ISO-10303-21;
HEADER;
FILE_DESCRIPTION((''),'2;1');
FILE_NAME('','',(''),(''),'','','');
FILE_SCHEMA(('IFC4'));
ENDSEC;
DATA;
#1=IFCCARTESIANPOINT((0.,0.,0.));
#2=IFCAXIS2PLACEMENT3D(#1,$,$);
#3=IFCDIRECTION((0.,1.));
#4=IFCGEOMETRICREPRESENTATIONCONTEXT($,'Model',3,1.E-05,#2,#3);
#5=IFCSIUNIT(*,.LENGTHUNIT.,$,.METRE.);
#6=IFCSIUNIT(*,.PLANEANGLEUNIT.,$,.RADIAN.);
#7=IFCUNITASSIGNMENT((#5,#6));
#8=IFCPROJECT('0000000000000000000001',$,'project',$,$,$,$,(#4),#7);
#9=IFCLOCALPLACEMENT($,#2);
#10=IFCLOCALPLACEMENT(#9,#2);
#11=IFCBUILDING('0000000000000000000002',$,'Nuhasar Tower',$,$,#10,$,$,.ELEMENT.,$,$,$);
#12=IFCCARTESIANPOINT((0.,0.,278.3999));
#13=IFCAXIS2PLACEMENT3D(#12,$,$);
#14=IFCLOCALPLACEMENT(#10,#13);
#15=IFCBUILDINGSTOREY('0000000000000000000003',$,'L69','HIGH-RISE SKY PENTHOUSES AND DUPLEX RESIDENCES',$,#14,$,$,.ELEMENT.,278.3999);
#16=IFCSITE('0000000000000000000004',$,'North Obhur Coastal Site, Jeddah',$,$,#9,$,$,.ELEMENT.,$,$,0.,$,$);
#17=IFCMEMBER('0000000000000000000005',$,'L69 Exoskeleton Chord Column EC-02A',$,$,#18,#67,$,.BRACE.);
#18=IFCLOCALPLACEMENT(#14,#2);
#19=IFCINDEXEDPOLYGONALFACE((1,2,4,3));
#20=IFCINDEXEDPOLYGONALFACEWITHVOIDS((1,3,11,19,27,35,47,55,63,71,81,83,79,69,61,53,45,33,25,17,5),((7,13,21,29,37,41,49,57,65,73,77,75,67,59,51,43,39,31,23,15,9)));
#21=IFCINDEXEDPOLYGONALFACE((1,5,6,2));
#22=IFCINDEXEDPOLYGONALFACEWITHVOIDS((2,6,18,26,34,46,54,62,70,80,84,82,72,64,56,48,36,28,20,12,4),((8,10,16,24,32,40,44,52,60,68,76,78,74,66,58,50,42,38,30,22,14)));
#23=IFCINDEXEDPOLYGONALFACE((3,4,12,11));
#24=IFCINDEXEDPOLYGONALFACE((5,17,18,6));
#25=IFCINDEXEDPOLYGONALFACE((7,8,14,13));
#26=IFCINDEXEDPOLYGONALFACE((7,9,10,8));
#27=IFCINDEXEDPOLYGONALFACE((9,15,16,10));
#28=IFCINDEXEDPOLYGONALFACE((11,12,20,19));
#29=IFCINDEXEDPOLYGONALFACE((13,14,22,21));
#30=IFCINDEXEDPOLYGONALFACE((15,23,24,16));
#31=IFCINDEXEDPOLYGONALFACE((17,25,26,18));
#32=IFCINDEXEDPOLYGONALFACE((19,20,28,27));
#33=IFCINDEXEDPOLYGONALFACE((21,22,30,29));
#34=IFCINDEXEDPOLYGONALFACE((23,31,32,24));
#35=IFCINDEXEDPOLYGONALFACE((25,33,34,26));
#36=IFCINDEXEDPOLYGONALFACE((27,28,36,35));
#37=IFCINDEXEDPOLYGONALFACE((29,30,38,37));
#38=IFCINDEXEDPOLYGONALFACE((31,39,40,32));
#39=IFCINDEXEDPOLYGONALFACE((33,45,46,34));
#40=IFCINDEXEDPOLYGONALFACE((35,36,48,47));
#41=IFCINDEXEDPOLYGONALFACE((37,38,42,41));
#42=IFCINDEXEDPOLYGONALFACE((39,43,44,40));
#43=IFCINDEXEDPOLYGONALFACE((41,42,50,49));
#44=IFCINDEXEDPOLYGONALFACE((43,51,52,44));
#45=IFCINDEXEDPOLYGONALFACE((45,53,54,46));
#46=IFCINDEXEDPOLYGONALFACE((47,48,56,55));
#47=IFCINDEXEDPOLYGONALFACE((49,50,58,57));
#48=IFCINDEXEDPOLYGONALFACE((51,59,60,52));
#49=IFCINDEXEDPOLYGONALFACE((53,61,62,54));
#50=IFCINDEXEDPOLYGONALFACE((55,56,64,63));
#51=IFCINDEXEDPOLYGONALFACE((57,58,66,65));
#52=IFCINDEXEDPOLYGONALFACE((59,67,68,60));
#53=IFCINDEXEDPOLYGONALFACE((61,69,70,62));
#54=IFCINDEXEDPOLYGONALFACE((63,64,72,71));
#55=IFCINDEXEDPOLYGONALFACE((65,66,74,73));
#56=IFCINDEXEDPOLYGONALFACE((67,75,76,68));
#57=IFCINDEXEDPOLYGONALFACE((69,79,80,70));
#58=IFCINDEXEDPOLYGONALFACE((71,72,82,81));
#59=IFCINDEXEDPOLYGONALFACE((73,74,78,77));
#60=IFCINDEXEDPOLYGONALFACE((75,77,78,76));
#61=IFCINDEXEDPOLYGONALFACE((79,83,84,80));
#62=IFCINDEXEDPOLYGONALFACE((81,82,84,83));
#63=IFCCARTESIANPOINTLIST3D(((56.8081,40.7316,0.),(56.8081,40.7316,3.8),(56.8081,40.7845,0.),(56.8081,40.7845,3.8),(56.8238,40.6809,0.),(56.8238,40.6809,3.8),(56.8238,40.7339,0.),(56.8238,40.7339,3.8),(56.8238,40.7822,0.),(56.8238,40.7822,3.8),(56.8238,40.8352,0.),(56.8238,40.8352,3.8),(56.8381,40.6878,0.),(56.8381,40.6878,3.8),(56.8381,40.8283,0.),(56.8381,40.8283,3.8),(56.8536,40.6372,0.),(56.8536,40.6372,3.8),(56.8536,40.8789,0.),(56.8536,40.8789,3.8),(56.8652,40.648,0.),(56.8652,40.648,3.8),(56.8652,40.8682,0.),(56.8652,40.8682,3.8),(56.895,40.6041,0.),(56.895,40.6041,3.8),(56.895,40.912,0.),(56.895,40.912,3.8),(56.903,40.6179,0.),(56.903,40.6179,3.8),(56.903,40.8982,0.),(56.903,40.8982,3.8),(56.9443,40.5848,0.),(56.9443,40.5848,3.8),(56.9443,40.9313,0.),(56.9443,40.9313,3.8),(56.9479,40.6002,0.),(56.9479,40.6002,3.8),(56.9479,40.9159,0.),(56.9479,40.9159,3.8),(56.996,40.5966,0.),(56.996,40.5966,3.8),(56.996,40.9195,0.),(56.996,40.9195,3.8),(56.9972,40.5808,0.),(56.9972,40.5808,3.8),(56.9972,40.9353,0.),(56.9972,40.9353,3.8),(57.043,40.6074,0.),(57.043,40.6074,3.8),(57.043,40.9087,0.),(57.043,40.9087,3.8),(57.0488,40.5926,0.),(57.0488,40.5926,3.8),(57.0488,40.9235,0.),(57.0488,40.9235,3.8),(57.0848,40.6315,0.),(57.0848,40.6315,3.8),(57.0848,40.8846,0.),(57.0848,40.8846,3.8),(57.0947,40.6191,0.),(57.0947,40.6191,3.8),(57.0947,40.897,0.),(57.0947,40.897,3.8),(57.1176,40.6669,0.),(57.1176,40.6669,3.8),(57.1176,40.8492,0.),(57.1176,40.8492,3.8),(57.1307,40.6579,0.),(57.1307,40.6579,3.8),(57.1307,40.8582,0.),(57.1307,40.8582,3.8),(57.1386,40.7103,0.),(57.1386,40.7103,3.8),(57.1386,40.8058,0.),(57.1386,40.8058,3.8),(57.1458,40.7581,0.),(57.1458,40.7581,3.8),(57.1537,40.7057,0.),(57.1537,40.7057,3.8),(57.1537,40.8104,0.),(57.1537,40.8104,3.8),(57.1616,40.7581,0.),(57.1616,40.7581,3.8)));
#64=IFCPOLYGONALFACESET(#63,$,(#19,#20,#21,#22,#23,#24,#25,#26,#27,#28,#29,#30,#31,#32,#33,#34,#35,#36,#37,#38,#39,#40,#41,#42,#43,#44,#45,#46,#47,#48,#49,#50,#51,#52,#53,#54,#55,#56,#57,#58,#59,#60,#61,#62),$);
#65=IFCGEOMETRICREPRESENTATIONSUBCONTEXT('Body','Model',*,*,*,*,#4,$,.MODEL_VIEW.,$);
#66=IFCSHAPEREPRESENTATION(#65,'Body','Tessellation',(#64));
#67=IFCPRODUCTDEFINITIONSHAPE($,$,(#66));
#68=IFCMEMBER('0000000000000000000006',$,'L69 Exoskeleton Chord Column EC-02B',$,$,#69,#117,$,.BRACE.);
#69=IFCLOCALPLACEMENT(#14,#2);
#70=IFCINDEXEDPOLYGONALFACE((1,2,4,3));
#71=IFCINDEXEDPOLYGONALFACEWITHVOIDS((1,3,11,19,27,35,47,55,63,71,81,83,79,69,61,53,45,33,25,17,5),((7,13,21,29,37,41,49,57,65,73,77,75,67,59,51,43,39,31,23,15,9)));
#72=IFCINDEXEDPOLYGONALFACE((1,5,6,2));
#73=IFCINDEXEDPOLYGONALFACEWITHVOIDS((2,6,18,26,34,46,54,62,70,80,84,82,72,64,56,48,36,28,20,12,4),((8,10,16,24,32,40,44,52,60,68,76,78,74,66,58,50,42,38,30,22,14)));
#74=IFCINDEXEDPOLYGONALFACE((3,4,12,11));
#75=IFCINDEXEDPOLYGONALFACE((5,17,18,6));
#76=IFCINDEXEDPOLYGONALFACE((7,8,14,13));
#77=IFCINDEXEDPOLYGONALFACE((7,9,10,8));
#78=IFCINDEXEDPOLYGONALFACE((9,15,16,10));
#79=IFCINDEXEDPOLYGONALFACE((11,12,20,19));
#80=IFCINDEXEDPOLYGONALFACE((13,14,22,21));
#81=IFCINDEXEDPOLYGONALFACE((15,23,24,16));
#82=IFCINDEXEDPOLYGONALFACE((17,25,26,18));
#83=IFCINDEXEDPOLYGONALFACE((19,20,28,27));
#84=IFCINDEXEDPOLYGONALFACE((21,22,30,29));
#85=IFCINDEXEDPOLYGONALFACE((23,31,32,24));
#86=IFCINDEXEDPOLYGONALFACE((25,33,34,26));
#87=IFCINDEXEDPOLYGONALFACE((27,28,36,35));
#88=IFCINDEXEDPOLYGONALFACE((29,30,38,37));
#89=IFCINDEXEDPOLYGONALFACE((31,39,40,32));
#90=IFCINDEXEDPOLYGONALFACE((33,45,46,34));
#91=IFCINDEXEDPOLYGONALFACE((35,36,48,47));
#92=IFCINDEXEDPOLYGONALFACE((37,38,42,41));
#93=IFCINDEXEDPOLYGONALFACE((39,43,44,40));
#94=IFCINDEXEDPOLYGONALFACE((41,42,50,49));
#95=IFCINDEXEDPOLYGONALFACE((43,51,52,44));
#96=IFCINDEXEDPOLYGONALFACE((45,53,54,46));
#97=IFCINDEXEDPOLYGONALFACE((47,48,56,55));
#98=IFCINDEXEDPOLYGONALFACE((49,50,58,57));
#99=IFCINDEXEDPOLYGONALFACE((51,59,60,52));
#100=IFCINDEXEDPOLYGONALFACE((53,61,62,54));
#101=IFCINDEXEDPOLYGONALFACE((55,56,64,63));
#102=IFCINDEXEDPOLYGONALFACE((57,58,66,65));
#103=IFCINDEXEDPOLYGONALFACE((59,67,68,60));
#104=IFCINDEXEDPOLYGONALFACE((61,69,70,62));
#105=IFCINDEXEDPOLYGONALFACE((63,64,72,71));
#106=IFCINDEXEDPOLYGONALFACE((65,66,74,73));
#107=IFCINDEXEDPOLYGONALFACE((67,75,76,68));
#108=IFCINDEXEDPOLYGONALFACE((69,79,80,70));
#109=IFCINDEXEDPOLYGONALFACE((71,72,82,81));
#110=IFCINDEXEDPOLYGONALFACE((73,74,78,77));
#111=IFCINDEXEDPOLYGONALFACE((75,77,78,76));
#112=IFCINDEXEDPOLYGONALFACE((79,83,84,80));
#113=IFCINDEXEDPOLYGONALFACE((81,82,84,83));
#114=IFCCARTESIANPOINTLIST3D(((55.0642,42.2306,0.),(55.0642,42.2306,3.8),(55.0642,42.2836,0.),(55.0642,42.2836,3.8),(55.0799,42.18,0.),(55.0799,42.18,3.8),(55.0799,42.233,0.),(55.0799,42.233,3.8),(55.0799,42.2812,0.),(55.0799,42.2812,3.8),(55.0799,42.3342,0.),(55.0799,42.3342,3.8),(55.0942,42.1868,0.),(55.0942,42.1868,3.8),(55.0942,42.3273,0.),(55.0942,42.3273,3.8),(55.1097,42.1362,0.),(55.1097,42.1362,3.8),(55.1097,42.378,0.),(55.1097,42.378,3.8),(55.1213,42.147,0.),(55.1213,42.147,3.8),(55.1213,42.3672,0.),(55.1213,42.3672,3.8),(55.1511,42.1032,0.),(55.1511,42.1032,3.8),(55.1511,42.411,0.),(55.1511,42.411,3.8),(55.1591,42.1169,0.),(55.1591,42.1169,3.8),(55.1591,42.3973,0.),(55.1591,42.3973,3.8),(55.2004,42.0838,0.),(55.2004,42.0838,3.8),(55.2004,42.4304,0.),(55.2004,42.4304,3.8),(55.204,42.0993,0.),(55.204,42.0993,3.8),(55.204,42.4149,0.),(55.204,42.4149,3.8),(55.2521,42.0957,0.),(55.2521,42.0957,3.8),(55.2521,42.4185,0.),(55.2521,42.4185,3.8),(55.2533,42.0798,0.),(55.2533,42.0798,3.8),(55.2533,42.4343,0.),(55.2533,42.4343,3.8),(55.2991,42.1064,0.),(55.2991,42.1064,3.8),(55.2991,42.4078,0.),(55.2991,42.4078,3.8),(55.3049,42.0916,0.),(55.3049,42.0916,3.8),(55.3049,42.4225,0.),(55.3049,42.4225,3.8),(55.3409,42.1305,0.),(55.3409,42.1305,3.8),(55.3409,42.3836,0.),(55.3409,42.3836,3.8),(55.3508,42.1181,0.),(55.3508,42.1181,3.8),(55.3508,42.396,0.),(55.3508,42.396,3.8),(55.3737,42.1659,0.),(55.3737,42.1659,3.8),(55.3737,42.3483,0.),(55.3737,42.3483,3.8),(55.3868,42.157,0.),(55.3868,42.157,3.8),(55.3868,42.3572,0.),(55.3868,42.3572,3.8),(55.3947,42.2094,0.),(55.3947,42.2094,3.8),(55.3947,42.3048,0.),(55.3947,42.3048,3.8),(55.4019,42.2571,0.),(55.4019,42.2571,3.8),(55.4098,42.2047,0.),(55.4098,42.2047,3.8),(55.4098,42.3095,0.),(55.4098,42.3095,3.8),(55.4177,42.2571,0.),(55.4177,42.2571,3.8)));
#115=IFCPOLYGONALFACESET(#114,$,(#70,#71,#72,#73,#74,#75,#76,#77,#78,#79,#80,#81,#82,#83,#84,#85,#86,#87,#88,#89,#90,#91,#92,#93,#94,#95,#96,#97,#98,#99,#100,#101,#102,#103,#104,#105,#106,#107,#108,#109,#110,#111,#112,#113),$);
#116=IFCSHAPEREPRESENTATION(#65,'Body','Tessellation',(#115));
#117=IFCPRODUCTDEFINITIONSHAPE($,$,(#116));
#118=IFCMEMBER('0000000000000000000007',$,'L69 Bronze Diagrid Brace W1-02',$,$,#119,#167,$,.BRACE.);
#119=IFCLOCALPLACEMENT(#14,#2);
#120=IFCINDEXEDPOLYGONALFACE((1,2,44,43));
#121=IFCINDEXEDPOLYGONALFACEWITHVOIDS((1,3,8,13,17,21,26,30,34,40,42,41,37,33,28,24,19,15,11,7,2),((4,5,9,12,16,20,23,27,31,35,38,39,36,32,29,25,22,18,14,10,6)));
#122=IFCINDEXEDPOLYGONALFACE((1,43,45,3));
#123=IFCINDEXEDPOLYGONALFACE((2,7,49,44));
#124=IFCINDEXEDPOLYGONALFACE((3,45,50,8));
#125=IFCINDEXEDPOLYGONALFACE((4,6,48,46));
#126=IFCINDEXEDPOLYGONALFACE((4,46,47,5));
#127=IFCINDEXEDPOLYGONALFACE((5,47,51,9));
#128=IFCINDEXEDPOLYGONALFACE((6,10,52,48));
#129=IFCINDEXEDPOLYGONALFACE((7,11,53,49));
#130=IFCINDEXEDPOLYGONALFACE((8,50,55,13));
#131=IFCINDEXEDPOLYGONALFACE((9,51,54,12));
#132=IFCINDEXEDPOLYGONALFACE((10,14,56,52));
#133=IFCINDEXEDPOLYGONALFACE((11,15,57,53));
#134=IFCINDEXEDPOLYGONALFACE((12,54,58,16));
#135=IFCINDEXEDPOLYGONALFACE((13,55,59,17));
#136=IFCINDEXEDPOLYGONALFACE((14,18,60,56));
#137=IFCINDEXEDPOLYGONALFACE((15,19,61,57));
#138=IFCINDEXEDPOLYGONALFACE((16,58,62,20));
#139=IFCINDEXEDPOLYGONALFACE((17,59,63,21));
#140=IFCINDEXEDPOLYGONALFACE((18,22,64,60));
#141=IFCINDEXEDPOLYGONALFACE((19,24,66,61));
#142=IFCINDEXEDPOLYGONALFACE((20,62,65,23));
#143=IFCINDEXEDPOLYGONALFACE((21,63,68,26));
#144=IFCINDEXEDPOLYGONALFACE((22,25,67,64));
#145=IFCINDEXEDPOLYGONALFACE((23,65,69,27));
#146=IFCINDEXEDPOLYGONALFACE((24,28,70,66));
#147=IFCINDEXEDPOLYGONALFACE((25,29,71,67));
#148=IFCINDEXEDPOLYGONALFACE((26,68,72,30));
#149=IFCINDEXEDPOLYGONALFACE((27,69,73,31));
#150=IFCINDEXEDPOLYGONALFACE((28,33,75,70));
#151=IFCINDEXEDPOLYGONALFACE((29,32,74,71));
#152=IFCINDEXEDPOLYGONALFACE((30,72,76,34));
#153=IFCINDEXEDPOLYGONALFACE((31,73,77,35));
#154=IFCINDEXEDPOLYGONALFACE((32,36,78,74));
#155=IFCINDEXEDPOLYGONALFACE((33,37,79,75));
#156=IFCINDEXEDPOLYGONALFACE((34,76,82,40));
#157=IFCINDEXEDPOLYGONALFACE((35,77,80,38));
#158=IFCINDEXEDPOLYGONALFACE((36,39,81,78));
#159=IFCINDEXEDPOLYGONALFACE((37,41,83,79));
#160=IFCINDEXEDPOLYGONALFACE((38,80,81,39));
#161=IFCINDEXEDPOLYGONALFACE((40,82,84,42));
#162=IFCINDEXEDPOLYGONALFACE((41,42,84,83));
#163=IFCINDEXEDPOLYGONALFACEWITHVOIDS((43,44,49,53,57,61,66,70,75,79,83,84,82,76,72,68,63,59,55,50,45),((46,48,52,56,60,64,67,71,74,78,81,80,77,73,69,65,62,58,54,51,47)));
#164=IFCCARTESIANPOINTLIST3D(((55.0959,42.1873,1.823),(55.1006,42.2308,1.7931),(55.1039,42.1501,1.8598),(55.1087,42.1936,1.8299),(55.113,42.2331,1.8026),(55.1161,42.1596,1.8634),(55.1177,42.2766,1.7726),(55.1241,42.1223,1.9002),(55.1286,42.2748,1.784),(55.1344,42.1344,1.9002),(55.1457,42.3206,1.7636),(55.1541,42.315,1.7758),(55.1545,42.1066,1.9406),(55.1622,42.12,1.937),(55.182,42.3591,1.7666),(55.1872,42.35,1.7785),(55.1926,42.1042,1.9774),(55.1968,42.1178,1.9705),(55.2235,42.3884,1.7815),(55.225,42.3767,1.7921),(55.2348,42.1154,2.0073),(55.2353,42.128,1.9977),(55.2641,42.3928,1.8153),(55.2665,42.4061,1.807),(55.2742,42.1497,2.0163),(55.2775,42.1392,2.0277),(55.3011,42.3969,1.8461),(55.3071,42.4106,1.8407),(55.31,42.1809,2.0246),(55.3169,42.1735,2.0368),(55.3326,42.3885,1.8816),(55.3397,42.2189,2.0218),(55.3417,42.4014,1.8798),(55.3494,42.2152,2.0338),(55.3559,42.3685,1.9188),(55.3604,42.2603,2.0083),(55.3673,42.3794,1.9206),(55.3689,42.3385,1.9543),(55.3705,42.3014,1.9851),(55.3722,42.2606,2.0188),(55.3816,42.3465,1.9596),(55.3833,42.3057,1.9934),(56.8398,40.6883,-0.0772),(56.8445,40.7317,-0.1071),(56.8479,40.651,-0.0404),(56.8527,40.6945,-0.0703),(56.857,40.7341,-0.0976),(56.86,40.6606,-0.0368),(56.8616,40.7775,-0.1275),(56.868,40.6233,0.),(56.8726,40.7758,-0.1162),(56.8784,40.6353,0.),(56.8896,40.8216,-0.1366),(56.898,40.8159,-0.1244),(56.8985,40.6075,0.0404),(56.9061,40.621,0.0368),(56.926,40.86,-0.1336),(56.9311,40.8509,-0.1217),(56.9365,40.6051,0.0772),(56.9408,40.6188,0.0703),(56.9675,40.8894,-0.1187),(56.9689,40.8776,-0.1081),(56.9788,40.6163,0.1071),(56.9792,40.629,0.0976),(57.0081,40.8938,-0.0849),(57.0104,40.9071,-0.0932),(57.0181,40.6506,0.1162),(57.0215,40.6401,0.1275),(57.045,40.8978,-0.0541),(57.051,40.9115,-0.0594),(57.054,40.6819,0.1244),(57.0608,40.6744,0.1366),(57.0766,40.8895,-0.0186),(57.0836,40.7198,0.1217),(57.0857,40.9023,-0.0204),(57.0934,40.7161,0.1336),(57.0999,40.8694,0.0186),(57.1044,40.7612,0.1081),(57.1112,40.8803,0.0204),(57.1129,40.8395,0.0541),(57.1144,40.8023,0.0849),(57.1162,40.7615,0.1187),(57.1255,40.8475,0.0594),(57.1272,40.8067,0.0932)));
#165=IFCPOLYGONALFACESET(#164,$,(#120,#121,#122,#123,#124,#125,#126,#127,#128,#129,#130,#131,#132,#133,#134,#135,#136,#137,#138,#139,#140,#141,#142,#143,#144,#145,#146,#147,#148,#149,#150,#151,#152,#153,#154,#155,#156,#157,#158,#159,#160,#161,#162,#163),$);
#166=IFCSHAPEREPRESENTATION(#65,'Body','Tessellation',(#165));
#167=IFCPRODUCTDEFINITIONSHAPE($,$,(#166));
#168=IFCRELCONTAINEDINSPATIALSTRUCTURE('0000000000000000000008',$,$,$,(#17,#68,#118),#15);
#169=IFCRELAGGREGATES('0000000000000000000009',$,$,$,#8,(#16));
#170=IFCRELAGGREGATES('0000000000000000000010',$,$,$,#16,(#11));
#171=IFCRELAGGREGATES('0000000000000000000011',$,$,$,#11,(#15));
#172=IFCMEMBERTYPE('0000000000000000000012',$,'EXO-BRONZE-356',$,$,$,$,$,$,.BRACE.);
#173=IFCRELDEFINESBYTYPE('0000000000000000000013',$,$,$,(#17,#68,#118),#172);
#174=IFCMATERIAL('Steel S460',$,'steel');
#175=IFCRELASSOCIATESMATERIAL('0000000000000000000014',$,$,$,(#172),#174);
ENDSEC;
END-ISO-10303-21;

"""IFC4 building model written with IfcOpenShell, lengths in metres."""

from ifc_helpers import new_model, si_unit, direction, frame, origin, origin_2d, place, context, subcontext, project, spatial, hollow_circle, extrude, material, material_profile, profile_set, type_object, element, save


model = new_model("IFC4")

# Units and contexts
model_context = context("Model", 3, precision=1e-05, world=origin(), true_north=direction((0.0, 1.0)))
body_context = subcontext(model_context, "Body", "Model", "MODEL_VIEW")
ifc_project = project(units=[si_unit("LENGTHUNIT", "METRE"), si_unit("PLANEANGLEUNIT", "RADIAN")], contexts=[model_context])

# Site, building, storey
site_placement = place(None, origin())
site = spatial("IfcSite", under=ifc_project, at=site_placement, Name="North Obhur Coastal Site, Jeddah", CompositionType="ELEMENT", RefElevation=0.0)
building_placement = place(site_placement, origin())
building = spatial("IfcBuilding", under=site, at=building_placement, Name="Nuhasar Tower", CompositionType="ELEMENT")
storey_placement = place(building_placement, frame((0.0, 0.0, 278.3999)))
storey = spatial("IfcBuildingStorey", under=building, at=storey_placement, Name="L69", Description="HIGH-RISE SKY PENTHOUSES AND DUPLEX RESIDENCES", CompositionType="ELEMENT", Elevation=278.3999)

# Members
ifc_material_1 = material(Name="Steel S460", Category="steel")
ifc_material_profile_1 = material_profile(ifc_material_1, hollow_circle(Radius=0.1777, WallThickness=0.0159, at=origin_2d()), Name="HSS355.6X15.9")
ifc_profile_set_1 = profile_set([ifc_material_profile_1], Name="Steel S460")
member_type_1 = type_object("IfcMemberType", Name="EXO-BRONZE-356", PredefinedType="BRACE", material=ifc_profile_set_1)
for number, where, z_axis, x_axis, name in (
    (1, (56.9839, 40.7581, 0.0), (0.0, 0.0, 1.0), (1.0, 0.0, 0.0), "L69 Exoskeleton Chord Column EC-02A"),
    (2, (55.24, 42.2571, 0.0), (0.0, 0.0, 1.0), (1.0, 0.0, 0.0), "L69 Exoskeleton Chord Column EC-02B"),
):
    element("IfcMember", number, at=place(storey_placement, frame(where, z_axis=z_axis, x_axis=x_axis)), inside=storey, type_object=member_type_1, Name=name, PredefinedType="BRACE", context=body_context, shape_type="SweptSolid", body=[
        extrude(hollow_circle(Radius=0.1777, WallThickness=0.0159, at=origin_2d()), origin(), (0.0, 0.0, 1.0), 3.8),
    ])
member_1_placement = place(storey_placement, frame((56.9839, 40.7581, 0.0), z_axis=(-0.584595, 0.502508, 0.636973), x_axis=(-0.651857, -0.758342, 0.0)))
element("IfcMember", 3, at=member_1_placement, inside=storey, type_object=member_type_1, Name="L69 Bronze Diagrid Brace W1-02", PredefinedType="BRACE", context=body_context, shape_type="SweptSolid", body=[
    extrude(hollow_circle(Radius=0.1777, WallThickness=0.0159, at=origin_2d()), origin(), (0.0, 0.0, 1.0), 2.9832),
])

save(model, "model.ifc")
